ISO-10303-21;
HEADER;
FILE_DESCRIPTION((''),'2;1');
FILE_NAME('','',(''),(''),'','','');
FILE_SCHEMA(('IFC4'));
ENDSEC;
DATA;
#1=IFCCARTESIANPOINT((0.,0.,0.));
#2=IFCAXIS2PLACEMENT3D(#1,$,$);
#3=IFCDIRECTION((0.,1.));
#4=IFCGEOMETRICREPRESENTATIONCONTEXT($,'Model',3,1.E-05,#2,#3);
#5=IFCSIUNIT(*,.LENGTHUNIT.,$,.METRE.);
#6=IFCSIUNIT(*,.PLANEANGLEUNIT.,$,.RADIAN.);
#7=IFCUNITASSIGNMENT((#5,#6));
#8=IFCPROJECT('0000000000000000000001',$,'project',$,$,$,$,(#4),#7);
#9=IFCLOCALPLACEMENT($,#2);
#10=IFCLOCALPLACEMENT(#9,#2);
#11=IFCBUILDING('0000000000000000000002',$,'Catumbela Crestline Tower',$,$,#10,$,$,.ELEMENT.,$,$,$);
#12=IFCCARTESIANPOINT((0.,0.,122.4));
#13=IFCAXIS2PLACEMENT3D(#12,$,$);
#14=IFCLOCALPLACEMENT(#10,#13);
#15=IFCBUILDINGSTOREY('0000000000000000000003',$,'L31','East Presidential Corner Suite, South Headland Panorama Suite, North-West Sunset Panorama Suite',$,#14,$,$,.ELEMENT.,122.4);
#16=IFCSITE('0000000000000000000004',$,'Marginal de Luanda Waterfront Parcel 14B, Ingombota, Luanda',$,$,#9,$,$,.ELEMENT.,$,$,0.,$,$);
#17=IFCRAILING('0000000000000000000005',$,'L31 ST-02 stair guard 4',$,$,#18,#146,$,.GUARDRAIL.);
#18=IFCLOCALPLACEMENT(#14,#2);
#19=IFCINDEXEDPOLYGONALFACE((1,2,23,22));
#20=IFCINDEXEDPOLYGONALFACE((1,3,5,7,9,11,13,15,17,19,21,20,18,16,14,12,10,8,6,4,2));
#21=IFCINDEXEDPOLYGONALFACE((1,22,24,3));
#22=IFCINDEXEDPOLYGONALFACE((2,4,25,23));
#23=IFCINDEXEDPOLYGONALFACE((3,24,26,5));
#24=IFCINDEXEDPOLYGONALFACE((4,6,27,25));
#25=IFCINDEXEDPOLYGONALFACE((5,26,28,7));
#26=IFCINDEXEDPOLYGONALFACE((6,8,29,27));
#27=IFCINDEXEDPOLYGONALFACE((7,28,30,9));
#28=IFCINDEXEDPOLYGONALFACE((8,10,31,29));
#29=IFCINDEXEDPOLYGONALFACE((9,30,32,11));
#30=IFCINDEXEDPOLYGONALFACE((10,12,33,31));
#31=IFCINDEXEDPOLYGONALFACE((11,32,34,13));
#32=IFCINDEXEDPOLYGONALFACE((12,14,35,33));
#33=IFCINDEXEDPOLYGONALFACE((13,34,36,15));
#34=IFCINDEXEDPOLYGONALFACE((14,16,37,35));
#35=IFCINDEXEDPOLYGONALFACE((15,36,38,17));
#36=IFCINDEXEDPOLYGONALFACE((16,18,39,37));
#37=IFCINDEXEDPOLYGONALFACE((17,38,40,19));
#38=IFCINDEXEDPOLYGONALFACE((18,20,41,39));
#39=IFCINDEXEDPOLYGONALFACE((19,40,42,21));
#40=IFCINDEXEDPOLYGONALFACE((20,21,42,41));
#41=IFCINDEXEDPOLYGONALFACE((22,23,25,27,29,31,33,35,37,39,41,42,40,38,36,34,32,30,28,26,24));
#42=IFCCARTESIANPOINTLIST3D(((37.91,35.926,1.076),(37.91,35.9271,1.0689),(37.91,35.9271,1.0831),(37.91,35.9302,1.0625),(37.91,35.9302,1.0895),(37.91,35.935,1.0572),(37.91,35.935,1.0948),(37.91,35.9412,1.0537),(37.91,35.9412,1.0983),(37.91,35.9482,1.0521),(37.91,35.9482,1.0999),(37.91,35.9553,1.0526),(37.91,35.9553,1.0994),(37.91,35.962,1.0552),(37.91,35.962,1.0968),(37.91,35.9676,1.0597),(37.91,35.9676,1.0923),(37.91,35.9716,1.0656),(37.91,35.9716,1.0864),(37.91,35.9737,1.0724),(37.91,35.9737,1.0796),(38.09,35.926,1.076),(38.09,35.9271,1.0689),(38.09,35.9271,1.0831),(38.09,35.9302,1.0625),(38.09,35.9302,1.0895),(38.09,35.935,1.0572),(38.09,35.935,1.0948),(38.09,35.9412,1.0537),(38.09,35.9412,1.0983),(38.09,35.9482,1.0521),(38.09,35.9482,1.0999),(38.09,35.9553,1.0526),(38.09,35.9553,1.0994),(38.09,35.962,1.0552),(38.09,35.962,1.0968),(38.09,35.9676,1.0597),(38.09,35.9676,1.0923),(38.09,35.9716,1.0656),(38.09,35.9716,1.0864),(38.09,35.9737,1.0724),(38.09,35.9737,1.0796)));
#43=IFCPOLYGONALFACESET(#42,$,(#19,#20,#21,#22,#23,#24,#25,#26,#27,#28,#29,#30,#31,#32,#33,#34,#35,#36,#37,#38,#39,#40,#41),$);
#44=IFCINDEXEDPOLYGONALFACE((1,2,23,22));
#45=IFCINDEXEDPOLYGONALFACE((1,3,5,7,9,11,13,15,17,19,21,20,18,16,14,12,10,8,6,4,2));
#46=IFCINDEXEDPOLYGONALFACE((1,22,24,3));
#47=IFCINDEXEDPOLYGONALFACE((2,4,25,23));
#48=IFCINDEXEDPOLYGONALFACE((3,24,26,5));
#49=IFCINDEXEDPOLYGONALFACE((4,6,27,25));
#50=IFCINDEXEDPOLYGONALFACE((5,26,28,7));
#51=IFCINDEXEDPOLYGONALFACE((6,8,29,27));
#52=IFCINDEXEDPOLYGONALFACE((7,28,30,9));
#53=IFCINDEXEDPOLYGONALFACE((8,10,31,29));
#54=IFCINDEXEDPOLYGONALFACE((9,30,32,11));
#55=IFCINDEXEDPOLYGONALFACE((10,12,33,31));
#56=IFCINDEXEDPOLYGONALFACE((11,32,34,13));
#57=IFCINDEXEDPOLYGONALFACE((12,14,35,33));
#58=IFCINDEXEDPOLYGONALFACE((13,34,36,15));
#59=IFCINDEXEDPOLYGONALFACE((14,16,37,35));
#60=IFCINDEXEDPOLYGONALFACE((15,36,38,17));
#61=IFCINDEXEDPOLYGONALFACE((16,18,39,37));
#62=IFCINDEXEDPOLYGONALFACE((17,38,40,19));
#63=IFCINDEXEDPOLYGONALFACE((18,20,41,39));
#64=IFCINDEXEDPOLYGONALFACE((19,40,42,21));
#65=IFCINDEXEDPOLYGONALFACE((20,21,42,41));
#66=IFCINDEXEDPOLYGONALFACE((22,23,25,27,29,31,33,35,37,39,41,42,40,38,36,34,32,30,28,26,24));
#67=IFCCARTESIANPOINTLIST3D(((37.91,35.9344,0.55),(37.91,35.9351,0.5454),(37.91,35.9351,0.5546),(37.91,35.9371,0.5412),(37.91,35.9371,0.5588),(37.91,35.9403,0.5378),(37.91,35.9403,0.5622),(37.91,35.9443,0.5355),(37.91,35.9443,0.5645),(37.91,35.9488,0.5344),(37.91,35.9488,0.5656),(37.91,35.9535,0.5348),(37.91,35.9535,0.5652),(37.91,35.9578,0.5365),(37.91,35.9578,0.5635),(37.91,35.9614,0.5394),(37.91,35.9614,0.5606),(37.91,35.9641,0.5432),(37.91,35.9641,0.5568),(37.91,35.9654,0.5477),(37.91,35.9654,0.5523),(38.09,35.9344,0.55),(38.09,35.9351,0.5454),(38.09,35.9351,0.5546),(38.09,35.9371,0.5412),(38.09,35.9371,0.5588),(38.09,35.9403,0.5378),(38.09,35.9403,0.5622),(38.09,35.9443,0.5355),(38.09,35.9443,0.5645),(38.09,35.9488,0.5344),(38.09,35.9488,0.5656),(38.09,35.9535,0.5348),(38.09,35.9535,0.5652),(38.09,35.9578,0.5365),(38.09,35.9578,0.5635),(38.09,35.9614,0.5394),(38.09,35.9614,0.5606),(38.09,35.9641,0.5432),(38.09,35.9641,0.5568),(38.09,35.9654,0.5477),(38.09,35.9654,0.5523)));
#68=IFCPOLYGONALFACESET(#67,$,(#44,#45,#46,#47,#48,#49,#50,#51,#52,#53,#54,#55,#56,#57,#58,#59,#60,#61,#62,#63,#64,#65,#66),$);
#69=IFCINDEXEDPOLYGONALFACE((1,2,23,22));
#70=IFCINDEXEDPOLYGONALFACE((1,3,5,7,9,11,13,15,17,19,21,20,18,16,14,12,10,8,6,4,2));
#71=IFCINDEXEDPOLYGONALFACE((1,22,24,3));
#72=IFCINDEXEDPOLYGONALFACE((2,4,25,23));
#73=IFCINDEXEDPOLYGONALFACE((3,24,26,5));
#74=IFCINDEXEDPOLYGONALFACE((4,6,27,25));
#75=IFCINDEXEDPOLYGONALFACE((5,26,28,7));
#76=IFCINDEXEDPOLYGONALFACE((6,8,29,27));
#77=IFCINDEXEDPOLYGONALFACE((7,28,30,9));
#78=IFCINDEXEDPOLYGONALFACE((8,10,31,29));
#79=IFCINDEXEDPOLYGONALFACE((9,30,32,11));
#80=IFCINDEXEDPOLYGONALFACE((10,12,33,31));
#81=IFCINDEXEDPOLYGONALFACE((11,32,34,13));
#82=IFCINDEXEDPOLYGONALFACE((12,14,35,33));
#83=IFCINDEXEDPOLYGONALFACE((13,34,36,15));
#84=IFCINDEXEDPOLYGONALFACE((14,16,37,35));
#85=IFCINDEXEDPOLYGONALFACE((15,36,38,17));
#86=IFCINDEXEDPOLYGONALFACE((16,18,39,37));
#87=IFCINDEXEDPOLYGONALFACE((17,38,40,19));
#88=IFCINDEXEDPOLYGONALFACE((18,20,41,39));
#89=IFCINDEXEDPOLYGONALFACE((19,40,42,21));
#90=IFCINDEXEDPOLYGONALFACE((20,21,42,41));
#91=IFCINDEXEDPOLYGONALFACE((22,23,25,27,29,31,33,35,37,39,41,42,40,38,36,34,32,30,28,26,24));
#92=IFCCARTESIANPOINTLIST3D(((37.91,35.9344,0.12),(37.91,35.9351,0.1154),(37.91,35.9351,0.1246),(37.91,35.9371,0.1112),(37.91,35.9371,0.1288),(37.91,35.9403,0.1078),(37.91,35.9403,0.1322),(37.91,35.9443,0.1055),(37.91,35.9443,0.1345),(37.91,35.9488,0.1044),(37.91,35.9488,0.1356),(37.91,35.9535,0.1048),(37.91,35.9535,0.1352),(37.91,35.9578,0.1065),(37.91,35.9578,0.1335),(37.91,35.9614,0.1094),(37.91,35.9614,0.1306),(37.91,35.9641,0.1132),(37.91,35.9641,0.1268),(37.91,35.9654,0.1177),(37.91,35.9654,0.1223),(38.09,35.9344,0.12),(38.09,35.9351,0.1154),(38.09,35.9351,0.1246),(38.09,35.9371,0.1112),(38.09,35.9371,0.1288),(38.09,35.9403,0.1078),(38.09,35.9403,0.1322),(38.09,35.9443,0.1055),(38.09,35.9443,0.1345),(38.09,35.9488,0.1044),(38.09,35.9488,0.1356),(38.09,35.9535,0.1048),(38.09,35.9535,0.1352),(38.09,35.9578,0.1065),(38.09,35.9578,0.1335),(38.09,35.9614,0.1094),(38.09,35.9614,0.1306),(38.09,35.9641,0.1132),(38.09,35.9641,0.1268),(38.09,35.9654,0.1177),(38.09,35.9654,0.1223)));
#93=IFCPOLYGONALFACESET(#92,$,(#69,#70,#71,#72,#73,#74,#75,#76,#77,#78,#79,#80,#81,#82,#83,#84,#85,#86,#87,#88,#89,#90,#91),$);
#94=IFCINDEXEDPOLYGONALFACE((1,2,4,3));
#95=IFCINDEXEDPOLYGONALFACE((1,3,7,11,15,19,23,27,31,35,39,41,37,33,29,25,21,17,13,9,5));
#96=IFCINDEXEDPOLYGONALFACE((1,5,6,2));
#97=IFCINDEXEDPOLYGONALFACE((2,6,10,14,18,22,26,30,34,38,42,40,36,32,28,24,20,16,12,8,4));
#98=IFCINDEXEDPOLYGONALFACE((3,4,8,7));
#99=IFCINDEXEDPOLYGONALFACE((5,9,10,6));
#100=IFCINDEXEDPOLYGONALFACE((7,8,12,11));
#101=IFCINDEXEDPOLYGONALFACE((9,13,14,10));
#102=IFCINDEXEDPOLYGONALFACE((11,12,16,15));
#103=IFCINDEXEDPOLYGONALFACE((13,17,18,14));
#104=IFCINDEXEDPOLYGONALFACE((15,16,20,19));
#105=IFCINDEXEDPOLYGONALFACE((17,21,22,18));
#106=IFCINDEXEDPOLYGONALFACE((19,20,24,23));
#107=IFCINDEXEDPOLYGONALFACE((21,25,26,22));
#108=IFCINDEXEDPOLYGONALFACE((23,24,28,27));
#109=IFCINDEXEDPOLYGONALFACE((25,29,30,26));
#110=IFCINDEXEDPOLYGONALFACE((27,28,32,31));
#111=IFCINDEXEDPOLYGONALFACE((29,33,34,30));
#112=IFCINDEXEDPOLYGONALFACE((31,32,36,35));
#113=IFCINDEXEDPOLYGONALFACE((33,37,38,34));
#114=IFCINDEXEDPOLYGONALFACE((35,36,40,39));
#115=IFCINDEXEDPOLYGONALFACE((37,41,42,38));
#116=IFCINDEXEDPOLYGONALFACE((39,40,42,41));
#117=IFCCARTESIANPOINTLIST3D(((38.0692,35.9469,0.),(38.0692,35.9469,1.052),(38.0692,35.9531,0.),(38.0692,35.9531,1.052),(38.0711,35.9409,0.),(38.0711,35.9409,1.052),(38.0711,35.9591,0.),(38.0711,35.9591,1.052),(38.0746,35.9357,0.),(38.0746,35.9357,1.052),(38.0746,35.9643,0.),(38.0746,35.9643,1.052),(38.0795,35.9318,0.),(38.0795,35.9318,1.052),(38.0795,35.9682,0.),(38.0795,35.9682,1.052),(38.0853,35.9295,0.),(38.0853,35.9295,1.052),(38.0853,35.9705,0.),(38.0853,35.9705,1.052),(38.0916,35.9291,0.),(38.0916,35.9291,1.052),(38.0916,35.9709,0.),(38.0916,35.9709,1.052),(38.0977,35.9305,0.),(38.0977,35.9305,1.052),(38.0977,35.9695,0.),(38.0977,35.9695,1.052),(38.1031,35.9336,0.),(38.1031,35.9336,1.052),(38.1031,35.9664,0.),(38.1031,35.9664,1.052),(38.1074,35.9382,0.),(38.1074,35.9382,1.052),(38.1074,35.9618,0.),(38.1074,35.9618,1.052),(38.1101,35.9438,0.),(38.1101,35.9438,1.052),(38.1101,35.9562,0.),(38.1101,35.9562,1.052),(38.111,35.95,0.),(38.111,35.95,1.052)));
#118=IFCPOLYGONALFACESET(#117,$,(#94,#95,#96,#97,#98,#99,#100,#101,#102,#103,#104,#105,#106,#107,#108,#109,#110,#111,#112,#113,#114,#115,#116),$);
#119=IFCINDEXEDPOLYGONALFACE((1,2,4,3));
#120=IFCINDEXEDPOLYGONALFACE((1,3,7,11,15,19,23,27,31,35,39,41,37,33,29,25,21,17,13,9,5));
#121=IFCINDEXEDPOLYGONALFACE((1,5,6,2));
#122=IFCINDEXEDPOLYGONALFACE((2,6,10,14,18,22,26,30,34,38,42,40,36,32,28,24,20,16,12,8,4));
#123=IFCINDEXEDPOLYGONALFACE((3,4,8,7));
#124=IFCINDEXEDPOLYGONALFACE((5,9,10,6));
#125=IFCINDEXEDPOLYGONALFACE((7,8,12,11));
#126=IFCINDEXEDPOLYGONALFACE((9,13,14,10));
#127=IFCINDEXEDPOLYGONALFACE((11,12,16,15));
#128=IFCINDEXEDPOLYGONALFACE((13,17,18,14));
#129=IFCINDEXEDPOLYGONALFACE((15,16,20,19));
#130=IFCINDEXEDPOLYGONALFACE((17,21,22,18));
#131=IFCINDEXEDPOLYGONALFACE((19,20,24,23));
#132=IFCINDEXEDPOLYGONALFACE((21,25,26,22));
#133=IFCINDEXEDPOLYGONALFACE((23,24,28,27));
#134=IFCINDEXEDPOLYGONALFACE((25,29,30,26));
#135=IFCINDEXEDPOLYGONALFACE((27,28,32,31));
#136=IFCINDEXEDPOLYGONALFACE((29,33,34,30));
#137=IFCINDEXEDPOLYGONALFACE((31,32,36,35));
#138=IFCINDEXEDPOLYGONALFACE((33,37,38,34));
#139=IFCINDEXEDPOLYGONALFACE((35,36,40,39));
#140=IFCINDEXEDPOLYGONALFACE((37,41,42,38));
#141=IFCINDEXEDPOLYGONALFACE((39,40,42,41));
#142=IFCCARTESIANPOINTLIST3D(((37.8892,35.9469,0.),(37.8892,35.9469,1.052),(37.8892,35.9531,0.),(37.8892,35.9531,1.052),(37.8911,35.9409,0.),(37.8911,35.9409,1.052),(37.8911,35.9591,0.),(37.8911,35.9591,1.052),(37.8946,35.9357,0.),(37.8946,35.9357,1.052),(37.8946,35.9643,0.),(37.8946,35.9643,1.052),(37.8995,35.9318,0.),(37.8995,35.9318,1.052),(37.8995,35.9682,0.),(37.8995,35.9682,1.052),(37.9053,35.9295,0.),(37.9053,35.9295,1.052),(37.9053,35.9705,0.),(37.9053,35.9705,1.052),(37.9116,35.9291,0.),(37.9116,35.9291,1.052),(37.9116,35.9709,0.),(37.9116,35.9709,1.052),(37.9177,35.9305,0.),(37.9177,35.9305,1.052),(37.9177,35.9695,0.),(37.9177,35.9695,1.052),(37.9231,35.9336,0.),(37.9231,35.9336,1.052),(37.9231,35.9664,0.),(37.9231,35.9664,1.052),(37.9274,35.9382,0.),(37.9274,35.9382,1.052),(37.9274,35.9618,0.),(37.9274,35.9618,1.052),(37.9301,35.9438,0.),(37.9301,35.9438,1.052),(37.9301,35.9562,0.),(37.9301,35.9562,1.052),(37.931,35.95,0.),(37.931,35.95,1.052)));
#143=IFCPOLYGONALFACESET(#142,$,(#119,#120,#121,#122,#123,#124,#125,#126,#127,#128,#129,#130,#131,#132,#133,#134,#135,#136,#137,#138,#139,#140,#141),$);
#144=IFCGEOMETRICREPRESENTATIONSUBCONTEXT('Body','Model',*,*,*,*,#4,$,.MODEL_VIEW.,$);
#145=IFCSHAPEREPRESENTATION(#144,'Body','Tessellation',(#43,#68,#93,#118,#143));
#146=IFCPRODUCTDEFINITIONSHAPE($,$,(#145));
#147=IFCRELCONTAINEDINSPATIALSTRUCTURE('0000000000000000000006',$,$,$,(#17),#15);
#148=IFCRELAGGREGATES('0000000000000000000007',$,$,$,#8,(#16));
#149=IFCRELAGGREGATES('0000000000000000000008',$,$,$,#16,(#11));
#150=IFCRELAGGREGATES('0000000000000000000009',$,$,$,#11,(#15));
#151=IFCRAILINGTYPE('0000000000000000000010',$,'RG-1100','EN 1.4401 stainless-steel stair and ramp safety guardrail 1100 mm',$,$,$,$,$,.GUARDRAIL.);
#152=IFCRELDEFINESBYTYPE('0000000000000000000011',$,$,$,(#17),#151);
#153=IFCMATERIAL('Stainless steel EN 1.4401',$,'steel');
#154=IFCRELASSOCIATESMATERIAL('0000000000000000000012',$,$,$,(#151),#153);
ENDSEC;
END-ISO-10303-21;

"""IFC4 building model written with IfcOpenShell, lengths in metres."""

from ifc_helpers import new_model, si_unit, direction, frame, origin, origin_2d, place, context, subcontext, project, spatial, circle, extrude, material, type_object, element, save


model = new_model("IFC4")

# Units and contexts
model_context = context("Model", 3, precision=1e-05, world=origin(), true_north=direction((0.0, 1.0)))
body_context = subcontext(model_context, "Body", "Model", "MODEL_VIEW")
ifc_project = project(units=[si_unit("LENGTHUNIT", "METRE"), si_unit("PLANEANGLEUNIT", "RADIAN")], contexts=[model_context])

# Site, building, storey
site_placement = place(None, origin())
site = spatial("IfcSite", under=ifc_project, at=site_placement, Name="Marginal de Luanda Waterfront Parcel 14B, Ingombota, Luanda", CompositionType="ELEMENT", RefElevation=0.0)
building_placement = place(site_placement, origin())
building = spatial("IfcBuilding", under=site, at=building_placement, Name="Catumbela Crestline Tower", CompositionType="ELEMENT")
storey_placement = place(building_placement, frame((0.0, 0.0, 122.4)))
storey = spatial("IfcBuildingStorey", under=building, at=storey_placement, Name="L31", Description="East Presidential Corner Suite, South Headland Panorama Suite, North-West Sunset Panorama Suite", CompositionType="ELEMENT", Elevation=122.4)

# Shared definitions
ifc_material_1 = material(Name="Stainless steel EN 1.4401", Category="steel")

# Railing
railing_type_1 = type_object("IfcRailingType", Name="RG-1100", Description="EN 1.4401 stainless-steel stair and ramp safety guardrail 1100 mm", PredefinedType="GUARDRAIL", material=ifc_material_1)
railing_1_placement = place(storey_placement, frame((38.09, 35.95, 0.0)))
element("IfcRailing", 1, at=railing_1_placement, inside=storey, type_object=railing_type_1, Name="L31 ST-02 stair guard 4", PredefinedType="GUARDRAIL", context=body_context, shape_type="SweptSolid", body=[
    extrude(circle(Radius=0.024, at=origin_2d()), frame((0.0, 0.0, 1.076), z_axis=(-1.0, 0.0, 0.0), x_axis=(0.0, -1.0, 0.0)), (0.0, 0.0, 1.0), 0.18),
    extrude(circle(Radius=0.0156, at=origin_2d()), frame((0.0, 0.0, 0.55), z_axis=(-1.0, 0.0, 0.0), x_axis=(0.0, -1.0, 0.0)), (0.0, 0.0, 1.0), 0.18),
    extrude(circle(Radius=0.0156, at=origin_2d()), frame((0.0, 0.0, 0.12), z_axis=(-1.0, 0.0, 0.0), x_axis=(0.0, -1.0, 0.0)), (0.0, 0.0, 1.0), 0.18),
    extrude(circle(Radius=0.021, at=origin_2d()), origin(), (0.0, 0.0, 1.0), 1.052),
    extrude(circle(Radius=0.021, at=origin_2d()), frame((-0.18, 0.0, 0.0)), (0.0, 0.0, 1.0), 1.052),
])

save(model, "model.ifc")
